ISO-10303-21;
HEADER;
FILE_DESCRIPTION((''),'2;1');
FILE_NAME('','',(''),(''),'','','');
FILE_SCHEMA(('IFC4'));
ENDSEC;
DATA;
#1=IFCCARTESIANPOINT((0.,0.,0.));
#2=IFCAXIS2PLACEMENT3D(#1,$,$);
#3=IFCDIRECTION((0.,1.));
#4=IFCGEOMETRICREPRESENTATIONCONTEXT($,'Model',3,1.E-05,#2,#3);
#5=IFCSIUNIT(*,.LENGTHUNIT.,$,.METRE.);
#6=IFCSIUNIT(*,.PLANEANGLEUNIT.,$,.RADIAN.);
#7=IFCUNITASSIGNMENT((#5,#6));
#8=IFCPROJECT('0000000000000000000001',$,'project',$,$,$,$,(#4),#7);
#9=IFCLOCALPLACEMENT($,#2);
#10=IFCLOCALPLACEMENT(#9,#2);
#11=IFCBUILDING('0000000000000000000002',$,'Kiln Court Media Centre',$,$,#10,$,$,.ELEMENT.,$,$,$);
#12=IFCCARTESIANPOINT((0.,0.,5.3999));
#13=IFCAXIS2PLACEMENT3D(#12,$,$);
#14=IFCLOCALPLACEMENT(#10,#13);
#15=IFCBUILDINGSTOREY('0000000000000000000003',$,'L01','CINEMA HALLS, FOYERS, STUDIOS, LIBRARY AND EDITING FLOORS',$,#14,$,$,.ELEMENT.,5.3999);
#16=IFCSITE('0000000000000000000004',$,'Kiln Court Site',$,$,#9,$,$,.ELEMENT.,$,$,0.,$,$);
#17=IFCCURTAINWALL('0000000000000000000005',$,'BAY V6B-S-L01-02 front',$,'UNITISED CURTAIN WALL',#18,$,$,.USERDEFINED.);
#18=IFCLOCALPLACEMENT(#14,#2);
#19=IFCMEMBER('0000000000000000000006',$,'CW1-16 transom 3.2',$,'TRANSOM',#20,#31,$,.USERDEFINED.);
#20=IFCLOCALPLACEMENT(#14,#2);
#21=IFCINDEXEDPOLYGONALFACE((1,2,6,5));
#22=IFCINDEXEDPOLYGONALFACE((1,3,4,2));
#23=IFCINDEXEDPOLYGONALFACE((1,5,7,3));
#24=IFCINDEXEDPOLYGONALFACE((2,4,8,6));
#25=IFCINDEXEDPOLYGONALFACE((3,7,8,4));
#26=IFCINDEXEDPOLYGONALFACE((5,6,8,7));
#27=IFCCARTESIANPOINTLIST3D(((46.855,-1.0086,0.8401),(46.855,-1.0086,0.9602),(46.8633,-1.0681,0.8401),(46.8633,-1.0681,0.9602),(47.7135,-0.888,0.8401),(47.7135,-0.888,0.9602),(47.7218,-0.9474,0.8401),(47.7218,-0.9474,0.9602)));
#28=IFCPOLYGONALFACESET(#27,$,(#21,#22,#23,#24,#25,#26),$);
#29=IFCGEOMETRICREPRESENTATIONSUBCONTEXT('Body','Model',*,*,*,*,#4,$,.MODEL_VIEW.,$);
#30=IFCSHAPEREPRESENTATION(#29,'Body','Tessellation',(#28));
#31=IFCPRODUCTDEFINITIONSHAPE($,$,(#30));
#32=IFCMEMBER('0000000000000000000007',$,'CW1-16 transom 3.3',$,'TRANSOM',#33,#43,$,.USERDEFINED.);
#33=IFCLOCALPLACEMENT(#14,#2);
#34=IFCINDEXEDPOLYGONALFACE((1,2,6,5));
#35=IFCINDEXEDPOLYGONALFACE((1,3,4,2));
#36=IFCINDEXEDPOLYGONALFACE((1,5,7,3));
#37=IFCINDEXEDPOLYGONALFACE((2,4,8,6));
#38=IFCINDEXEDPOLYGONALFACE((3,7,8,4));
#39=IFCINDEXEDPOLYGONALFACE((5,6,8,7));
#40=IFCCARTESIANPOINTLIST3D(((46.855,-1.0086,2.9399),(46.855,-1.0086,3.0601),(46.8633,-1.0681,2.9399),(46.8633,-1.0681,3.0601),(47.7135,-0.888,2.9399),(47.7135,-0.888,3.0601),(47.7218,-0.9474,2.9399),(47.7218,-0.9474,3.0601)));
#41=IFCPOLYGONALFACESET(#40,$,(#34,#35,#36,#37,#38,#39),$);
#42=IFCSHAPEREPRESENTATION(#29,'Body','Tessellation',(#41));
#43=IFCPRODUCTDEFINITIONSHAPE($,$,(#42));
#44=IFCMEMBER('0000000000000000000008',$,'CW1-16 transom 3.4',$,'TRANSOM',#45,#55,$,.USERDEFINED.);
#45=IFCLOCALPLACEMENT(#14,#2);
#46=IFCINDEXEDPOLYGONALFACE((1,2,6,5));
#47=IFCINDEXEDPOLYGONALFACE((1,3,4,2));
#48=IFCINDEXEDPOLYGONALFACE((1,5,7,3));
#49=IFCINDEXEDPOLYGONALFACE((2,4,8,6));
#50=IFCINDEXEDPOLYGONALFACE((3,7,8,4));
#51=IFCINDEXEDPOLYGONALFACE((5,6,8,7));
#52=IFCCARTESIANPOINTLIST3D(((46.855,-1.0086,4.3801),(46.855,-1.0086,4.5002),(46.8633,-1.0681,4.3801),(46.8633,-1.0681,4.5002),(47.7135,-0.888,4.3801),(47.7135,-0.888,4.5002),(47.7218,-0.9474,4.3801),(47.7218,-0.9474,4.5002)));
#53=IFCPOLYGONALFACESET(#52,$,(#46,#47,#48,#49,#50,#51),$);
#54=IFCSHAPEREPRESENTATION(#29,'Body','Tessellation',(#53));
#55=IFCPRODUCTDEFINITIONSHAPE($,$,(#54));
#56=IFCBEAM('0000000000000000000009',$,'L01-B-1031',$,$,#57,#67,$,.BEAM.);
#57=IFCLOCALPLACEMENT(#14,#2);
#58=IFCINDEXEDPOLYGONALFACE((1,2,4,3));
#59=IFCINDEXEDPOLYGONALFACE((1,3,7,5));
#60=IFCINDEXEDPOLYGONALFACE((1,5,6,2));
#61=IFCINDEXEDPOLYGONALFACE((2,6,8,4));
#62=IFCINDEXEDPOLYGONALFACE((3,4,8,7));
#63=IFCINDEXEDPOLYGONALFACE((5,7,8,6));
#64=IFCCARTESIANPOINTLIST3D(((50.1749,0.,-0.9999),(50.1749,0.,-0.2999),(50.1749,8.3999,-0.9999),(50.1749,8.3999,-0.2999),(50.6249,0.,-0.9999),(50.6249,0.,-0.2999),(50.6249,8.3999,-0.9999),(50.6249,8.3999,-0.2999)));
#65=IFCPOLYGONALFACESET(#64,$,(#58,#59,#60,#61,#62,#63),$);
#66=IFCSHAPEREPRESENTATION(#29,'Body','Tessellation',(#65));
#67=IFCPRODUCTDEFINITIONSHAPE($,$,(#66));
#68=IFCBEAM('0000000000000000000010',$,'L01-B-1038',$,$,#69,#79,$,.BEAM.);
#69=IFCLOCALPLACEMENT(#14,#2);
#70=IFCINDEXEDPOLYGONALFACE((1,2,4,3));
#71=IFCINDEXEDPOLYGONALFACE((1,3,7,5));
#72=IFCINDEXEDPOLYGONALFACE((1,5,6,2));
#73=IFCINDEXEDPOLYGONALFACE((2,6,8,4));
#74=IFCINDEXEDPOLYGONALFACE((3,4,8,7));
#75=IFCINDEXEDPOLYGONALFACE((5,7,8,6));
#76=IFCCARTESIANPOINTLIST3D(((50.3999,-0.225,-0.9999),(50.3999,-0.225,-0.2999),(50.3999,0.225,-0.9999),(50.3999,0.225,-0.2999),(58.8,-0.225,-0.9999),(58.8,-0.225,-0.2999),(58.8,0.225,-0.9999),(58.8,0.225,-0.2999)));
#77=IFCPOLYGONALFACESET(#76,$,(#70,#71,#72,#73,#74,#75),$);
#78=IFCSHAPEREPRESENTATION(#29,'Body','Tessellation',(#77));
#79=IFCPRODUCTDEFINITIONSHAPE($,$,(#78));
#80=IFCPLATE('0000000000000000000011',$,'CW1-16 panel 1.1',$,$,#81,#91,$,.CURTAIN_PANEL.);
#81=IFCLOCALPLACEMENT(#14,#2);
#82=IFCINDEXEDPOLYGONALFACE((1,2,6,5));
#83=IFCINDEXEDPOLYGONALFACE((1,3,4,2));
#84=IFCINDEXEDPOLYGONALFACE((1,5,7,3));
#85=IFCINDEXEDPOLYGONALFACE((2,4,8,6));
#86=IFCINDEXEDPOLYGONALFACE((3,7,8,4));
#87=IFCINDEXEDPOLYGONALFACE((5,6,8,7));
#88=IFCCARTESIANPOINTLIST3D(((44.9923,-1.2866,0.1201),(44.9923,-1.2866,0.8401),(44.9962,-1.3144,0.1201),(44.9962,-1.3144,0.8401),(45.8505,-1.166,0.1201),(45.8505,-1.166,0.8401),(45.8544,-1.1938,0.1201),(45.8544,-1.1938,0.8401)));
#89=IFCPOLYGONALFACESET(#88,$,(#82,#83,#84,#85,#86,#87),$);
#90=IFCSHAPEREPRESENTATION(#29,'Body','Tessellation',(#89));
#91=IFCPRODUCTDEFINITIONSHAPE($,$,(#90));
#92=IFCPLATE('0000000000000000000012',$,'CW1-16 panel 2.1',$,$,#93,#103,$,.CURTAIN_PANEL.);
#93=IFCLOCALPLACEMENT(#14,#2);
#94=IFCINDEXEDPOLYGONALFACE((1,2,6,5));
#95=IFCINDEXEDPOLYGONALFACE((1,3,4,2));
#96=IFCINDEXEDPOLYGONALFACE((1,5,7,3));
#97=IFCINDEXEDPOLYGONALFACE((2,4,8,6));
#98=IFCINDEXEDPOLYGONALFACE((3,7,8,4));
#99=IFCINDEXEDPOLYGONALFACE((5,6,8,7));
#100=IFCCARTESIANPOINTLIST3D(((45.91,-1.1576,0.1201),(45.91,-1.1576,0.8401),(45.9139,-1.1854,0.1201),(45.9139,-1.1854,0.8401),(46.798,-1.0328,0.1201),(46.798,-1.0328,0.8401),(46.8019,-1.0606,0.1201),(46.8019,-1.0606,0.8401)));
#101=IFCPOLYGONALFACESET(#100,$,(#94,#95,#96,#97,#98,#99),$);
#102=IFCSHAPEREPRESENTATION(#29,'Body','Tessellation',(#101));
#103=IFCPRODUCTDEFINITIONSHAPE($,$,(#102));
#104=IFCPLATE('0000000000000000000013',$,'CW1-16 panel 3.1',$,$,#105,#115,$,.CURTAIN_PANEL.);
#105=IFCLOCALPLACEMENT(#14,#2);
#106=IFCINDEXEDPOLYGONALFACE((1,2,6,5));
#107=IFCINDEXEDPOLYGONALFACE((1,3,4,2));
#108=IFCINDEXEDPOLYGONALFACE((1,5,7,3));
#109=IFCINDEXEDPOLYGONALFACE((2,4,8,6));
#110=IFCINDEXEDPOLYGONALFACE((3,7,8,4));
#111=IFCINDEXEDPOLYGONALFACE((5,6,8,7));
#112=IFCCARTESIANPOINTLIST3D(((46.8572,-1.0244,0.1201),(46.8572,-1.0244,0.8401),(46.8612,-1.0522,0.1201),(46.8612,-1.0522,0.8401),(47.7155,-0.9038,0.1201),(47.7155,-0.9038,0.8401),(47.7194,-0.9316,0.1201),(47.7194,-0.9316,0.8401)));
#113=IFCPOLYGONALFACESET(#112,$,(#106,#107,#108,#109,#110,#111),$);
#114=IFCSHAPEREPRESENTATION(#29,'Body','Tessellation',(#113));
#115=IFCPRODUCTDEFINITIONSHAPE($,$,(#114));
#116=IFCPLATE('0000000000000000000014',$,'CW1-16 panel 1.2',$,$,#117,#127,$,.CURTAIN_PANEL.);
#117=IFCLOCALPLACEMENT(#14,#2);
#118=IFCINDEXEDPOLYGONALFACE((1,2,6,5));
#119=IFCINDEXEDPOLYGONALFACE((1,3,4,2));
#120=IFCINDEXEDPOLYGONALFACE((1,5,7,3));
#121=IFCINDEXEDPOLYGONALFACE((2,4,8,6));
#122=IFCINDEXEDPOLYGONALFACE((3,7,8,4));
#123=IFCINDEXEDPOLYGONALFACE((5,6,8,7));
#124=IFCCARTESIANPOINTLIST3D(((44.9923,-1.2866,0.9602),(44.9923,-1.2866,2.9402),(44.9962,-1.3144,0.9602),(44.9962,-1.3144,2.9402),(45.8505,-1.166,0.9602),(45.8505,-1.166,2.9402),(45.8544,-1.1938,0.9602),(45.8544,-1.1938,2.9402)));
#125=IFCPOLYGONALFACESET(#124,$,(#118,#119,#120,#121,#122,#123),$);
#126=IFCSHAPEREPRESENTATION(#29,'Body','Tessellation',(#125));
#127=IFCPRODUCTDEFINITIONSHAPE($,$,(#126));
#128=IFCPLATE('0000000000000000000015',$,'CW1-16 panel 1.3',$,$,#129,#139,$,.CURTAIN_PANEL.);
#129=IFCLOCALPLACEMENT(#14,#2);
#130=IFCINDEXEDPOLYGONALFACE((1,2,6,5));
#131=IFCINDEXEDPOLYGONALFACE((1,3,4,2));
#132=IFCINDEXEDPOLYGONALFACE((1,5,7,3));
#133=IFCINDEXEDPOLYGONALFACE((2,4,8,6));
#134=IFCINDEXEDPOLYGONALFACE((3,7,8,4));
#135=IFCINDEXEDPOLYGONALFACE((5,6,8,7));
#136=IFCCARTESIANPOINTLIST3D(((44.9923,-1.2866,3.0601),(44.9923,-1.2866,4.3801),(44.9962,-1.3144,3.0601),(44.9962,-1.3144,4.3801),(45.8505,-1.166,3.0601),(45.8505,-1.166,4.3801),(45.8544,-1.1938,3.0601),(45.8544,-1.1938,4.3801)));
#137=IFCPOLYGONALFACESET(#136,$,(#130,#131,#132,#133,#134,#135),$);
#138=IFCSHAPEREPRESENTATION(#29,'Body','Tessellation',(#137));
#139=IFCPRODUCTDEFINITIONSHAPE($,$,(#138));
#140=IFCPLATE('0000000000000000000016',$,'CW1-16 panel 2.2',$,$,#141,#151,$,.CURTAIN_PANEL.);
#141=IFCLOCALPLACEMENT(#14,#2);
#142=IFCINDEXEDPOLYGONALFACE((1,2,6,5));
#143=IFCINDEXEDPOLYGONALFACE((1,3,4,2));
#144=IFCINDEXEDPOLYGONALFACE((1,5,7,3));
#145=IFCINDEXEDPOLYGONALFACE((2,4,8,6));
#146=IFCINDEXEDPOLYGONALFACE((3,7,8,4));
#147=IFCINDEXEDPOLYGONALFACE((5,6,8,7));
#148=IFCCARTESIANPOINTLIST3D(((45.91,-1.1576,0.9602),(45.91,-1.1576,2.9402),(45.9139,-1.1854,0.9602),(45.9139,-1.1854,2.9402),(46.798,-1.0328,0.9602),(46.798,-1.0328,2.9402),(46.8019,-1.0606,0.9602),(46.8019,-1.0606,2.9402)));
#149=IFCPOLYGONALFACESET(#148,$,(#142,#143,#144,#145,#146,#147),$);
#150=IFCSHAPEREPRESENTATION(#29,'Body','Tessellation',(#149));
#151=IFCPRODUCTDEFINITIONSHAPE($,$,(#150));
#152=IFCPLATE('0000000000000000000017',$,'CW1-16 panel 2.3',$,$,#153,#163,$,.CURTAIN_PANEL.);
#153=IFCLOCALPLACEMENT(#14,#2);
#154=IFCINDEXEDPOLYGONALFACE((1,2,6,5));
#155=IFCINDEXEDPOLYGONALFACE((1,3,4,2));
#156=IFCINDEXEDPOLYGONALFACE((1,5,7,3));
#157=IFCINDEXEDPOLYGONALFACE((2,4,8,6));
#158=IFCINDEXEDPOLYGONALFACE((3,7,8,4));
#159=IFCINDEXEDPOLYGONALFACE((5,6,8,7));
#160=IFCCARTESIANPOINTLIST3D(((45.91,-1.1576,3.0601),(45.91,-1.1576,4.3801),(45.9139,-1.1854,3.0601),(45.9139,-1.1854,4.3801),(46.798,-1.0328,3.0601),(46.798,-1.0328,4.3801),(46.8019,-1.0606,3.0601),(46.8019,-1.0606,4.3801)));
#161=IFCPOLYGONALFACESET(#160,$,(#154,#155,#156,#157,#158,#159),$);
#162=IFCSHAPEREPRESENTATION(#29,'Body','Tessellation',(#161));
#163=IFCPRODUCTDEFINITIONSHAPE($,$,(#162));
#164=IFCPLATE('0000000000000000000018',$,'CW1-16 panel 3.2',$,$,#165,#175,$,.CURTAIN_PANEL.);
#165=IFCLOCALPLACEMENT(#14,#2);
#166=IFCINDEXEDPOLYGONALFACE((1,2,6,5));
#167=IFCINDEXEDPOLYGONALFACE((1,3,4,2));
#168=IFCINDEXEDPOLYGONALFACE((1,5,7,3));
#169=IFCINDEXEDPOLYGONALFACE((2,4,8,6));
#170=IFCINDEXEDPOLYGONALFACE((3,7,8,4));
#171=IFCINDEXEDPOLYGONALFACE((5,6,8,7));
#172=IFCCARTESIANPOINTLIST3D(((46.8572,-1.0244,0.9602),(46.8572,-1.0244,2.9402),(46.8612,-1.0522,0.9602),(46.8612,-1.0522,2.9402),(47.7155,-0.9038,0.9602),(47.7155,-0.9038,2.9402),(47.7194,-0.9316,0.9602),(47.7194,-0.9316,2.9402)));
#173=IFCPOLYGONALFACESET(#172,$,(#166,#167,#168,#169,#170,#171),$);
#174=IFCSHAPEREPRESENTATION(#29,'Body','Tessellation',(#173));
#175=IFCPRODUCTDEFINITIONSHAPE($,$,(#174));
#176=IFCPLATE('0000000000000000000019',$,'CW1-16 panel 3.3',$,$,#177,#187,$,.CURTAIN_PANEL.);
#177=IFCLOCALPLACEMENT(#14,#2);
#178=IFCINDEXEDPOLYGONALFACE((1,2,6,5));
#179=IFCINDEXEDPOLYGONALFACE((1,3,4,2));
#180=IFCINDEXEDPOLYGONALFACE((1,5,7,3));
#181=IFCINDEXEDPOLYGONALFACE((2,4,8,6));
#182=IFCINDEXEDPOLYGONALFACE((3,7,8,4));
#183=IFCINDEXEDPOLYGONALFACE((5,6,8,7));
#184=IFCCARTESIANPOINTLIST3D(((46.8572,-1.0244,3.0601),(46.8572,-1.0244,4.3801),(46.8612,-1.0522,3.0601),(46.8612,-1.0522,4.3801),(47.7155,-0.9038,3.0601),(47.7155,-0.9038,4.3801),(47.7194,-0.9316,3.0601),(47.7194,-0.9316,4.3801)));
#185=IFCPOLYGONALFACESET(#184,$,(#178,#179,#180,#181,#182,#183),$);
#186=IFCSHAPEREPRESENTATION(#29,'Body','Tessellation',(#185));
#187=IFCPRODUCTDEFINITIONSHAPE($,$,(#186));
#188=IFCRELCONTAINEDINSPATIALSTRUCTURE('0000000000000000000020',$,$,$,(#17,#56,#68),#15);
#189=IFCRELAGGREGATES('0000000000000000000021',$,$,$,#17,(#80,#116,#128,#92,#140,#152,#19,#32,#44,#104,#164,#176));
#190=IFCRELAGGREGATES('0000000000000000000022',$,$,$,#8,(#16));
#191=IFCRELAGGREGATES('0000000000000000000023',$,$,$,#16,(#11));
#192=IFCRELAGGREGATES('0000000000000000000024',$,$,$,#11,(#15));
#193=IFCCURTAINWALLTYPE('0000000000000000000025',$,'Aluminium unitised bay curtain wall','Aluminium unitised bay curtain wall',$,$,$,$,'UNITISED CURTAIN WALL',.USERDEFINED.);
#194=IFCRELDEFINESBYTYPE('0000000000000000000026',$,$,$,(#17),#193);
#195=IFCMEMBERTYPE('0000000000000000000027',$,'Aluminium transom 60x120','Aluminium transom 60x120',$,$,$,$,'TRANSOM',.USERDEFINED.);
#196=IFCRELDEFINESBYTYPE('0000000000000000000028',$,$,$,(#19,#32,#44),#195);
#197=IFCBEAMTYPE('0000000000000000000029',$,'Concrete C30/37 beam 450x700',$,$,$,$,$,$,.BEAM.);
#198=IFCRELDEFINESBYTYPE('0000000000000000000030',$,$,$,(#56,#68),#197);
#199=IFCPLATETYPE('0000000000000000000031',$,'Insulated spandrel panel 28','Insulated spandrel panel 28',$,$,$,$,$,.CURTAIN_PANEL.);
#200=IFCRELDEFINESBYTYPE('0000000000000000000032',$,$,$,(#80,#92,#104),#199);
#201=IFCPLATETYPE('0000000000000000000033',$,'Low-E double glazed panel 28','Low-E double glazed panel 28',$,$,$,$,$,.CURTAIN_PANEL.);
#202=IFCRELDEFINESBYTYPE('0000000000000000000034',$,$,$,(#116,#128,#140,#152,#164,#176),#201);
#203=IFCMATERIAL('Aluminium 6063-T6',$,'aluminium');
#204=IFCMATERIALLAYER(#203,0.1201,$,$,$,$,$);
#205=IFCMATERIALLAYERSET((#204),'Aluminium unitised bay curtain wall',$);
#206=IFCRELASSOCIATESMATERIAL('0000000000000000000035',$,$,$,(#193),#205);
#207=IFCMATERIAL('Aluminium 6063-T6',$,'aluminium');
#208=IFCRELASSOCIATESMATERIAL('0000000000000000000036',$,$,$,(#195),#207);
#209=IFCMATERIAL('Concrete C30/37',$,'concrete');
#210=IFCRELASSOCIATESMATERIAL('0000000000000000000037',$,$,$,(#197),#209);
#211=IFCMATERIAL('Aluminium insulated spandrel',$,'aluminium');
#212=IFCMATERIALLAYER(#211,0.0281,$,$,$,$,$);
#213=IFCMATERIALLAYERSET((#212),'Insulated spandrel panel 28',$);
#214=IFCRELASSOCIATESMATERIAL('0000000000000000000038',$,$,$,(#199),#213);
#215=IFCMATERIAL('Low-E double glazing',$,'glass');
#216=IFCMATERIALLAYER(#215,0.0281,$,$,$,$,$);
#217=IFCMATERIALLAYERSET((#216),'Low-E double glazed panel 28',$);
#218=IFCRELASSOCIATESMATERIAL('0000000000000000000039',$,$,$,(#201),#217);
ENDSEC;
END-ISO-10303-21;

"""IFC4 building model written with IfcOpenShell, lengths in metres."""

from ifc_helpers import new_model, si_unit, direction, frame, origin, origin_2d, place, context, subcontext, project, spatial, rectangle, extrude, material, layer, layer_set, material_profile, profile_set, type_object, element, aggregate, save


model = new_model("IFC4")

# Units and contexts
model_context = context("Model", 3, precision=1e-05, world=origin(), true_north=direction((0.0, 1.0)))
body_context = subcontext(model_context, "Body", "Model", "MODEL_VIEW")
ifc_project = project(units=[si_unit("LENGTHUNIT", "METRE"), si_unit("PLANEANGLEUNIT", "RADIAN")], contexts=[model_context])

# Site, building, storey
site_placement = place(None, origin())
site = spatial("IfcSite", under=ifc_project, at=site_placement, Name="Kiln Court Site", CompositionType="ELEMENT", RefElevation=0.0)
building_placement = place(site_placement, origin())
building = spatial("IfcBuilding", under=site, at=building_placement, Name="Kiln Court Media Centre", CompositionType="ELEMENT")
storey_placement = place(building_placement, frame((0.0, 0.0, 5.3999)))
storey = spatial("IfcBuildingStorey", under=building, at=storey_placement, Name="L01", Description="CINEMA HALLS, FOYERS, STUDIOS, LIBRARY AND EDITING FLOORS", CompositionType="ELEMENT", Elevation=5.3999)

# Curtain wall, members
ifc_material_1 = material(Name="Aluminium 6063-T6", Category="aluminium")
ifc_layer_1 = layer(ifc_material_1, 0.1201)
ifc_layer_set_1 = layer_set([ifc_layer_1], Name="Aluminium unitised bay curtain wall")
curtain_wall_type = type_object("IfcCurtainWallType", Name="Aluminium unitised bay curtain wall", Description="Aluminium unitised bay curtain wall", ElementType="UNITISED CURTAIN WALL", PredefinedType="USERDEFINED", material=ifc_layer_set_1)
curtain_wall_placement = place(storey_placement, origin())
curtain_wall = element("IfcCurtainWall", 1, at=curtain_wall_placement, inside=storey, type_object=curtain_wall_type, Name="BAY V6B-S-L01-02 front", ObjectType="UNITISED CURTAIN WALL", PredefinedType="USERDEFINED")
ifc_material_2 = material(Name="Aluminium 6063-T6", Category="aluminium")
ifc_material_profile_1 = material_profile(ifc_material_2, rectangle(XDim=0.0601, YDim=0.1201, at=origin_2d()), Name="Aluminium transom 60x120")
ifc_profile_set_1 = profile_set([ifc_material_profile_1], Name="Aluminium 6063-T6")
member_type_1 = type_object("IfcMemberType", Name="Aluminium transom 60x120", Description="Aluminium transom 60x120", ElementType="TRANSOM", PredefinedType="USERDEFINED", material=ifc_profile_set_1)
member_1_placement = place(storey_placement, frame((46.8591, -1.0383, 0.9001), z_axis=(0.990274, 0.139134, 0.0), x_axis=(-0.139134, 0.990274, 0.0)))
member_1 = element("IfcMember", 2, at=member_1_placement, type_object=member_type_1, Name="CW1-16 transom 3.2", ObjectType="TRANSOM", PredefinedType="USERDEFINED", context=body_context, shape_type="SweptSolid", body=[
    extrude(rectangle(XDim=0.0601, YDim=0.1201, at=origin_2d()), origin(), (0.0, 0.0, 1.0), 0.8669),
])
member_2_placement = place(storey_placement, frame((46.8591, -1.0383, 3.0), z_axis=(0.990274, 0.139134, 0.0), x_axis=(-0.139134, 0.990274, 0.0)))
member_2 = element("IfcMember", 3, at=member_2_placement, type_object=member_type_1, Name="CW1-16 transom 3.3", ObjectType="TRANSOM", PredefinedType="USERDEFINED", context=body_context, shape_type="SweptSolid", body=[
    extrude(rectangle(XDim=0.0601, YDim=0.1201, at=origin_2d()), origin(), (0.0, 0.0, 1.0), 0.8669),
])
member_3_placement = place(storey_placement, frame((46.8591, -1.0383, 4.4402), z_axis=(0.990274, 0.139134, 0.0), x_axis=(-0.139134, 0.990274, 0.0)))
member_3 = element("IfcMember", 4, at=member_3_placement, type_object=member_type_1, Name="CW1-16 transom 3.4", ObjectType="TRANSOM", PredefinedType="USERDEFINED", context=body_context, shape_type="SweptSolid", body=[
    extrude(rectangle(XDim=0.0601, YDim=0.1201, at=origin_2d()), origin(), (0.0, 0.0, 1.0), 0.8669),
])

# Beams
ifc_material_3 = material(Name="Concrete C30/37", Category="concrete")
ifc_material_profile_2 = material_profile(ifc_material_3, rectangle(XDim=0.45, YDim=0.7, at=origin_2d()), Name="RC 450x700")
ifc_profile_set_2 = profile_set([ifc_material_profile_2], Name="Concrete C30/37")
beam_type = type_object("IfcBeamType", Name="Concrete C30/37 beam 450x700", PredefinedType="BEAM", material=ifc_profile_set_2)
beam_1_placement = place(storey_placement, frame((50.3999, 0.0, -0.6499), z_axis=(0.0, 1.0, 0.0), x_axis=(-1.0, 0.0, 0.0)))
element("IfcBeam", 5, at=beam_1_placement, inside=storey, type_object=beam_type, Name="L01-B-1031", PredefinedType="BEAM", context=body_context, shape_type="SweptSolid", body=[
    extrude(rectangle(XDim=0.45, YDim=0.7, at=origin_2d()), origin(), (0.0, 0.0, 1.0), 8.3999),
])
beam_2_placement = place(storey_placement, frame((50.3999, 0.0, -0.6499), z_axis=(1.0, 0.0, 0.0), x_axis=(0.0, 1.0, 0.0)))
element("IfcBeam", 6, at=beam_2_placement, inside=storey, type_object=beam_type, Name="L01-B-1038", PredefinedType="BEAM", context=body_context, shape_type="SweptSolid", body=[
    extrude(rectangle(XDim=0.45, YDim=0.7, at=origin_2d()), origin(), (0.0, 0.0, 1.0), 8.4001),
])

# Plates
ifc_material_4 = material(Name="Aluminium insulated spandrel", Category="aluminium")
ifc_layer_2 = layer(ifc_material_4, 0.0281)
ifc_layer_set_2 = layer_set([ifc_layer_2], Name="Insulated spandrel panel 28")
plate_type_1 = type_object("IfcPlateType", Name="Insulated spandrel panel 28", Description="Insulated spandrel panel 28", PredefinedType="CURTAIN_PANEL", material=ifc_layer_set_2)
plate_1_placement = place(storey_placement, frame((45.4233, -1.2402, 0.1201), z_axis=(0.0, 0.0, 1.0), x_axis=(0.99027, 0.139162, 0.0)))
plate_1 = element("IfcPlate", 7, at=plate_1_placement, type_object=plate_type_1, Name="CW1-16 panel 1.1", PredefinedType="CURTAIN_PANEL", context=body_context, shape_type="SweptSolid", body=[
    extrude(rectangle(XDim=0.8667, YDim=0.0281, at=origin_2d()), origin(), (0.0, 0.0, 1.0), 0.72),
])
plate_2_placement = place(storey_placement, frame((46.356, -1.1091, 0.1201), z_axis=(0.0, 0.0, 1.0), x_axis=(0.99027, 0.139162, 0.0)))
plate_2 = element("IfcPlate", 8, at=plate_2_placement, type_object=plate_type_1, Name="CW1-16 panel 2.1", PredefinedType="CURTAIN_PANEL", context=body_context, shape_type="SweptSolid", body=[
    extrude(rectangle(XDim=0.8967, YDim=0.0281, at=origin_2d()), origin(), (0.0, 0.0, 1.0), 0.72),
])
plate_3_placement = place(storey_placement, frame((47.2883, -0.978, 0.1201), z_axis=(0.0, 0.0, 1.0), x_axis=(0.99027, 0.139162, 0.0)))
plate_3 = element("IfcPlate", 9, at=plate_3_placement, type_object=plate_type_1, Name="CW1-16 panel 3.1", PredefinedType="CURTAIN_PANEL", context=body_context, shape_type="SweptSolid", body=[
    extrude(rectangle(XDim=0.8667, YDim=0.0281, at=origin_2d()), origin(), (0.0, 0.0, 1.0), 0.72),
])
ifc_material_5 = material(Name="Low-E double glazing", Category="glass")
ifc_layer_3 = layer(ifc_material_5, 0.0281)
ifc_layer_set_3 = layer_set([ifc_layer_3], Name="Low-E double glazed panel 28")
plate_type_2 = type_object("IfcPlateType", Name="Low-E double glazed panel 28", Description="Low-E double glazed panel 28", PredefinedType="CURTAIN_PANEL", material=ifc_layer_set_3)
plate_4_placement = place(storey_placement, frame((45.4233, -1.2402, 0.9602), z_axis=(0.0, 0.0, 1.0), x_axis=(0.99027, 0.139162, 0.0)))
plate_4 = element("IfcPlate", 10, at=plate_4_placement, type_object=plate_type_2, Name="CW1-16 panel 1.2", PredefinedType="CURTAIN_PANEL", context=body_context, shape_type="SweptSolid", body=[
    extrude(rectangle(XDim=0.8667, YDim=0.0281, at=origin_2d()), origin(), (0.0, 0.0, 1.0), 1.98),
])
plate_5_placement = place(storey_placement, frame((45.4233, -1.2402, 3.0601), z_axis=(0.0, 0.0, 1.0), x_axis=(0.99027, 0.139162, 0.0)))
plate_5 = element("IfcPlate", 11, at=plate_5_placement, type_object=plate_type_2, Name="CW1-16 panel 1.3", PredefinedType="CURTAIN_PANEL", context=body_context, shape_type="SweptSolid", body=[
    extrude(rectangle(XDim=0.8667, YDim=0.0281, at=origin_2d()), origin(), (0.0, 0.0, 1.0), 1.3201),
])
plate_6_placement = place(storey_placement, frame((46.356, -1.1091, 0.9602), z_axis=(0.0, 0.0, 1.0), x_axis=(0.99027, 0.139162, 0.0)))
plate_6 = element("IfcPlate", 12, at=plate_6_placement, type_object=plate_type_2, Name="CW1-16 panel 2.2", PredefinedType="CURTAIN_PANEL", context=body_context, shape_type="SweptSolid", body=[
    extrude(rectangle(XDim=0.8967, YDim=0.0281, at=origin_2d()), origin(), (0.0, 0.0, 1.0), 1.98),
])
plate_7_placement = place(storey_placement, frame((46.356, -1.1091, 3.0601), z_axis=(0.0, 0.0, 1.0), x_axis=(0.99027, 0.139162, 0.0)))
plate_7 = element("IfcPlate", 13, at=plate_7_placement, type_object=plate_type_2, Name="CW1-16 panel 2.3", PredefinedType="CURTAIN_PANEL", context=body_context, shape_type="SweptSolid", body=[
    extrude(rectangle(XDim=0.8967, YDim=0.0281, at=origin_2d()), origin(), (0.0, 0.0, 1.0), 1.3201),
])
plate_8_placement = place(storey_placement, frame((47.2883, -0.978, 0.9602), z_axis=(0.0, 0.0, 1.0), x_axis=(0.99027, 0.139162, 0.0)))
plate_8 = element("IfcPlate", 14, at=plate_8_placement, type_object=plate_type_2, Name="CW1-16 panel 3.2", PredefinedType="CURTAIN_PANEL", context=body_context, shape_type="SweptSolid", body=[
    extrude(rectangle(XDim=0.8667, YDim=0.0281, at=origin_2d()), origin(), (0.0, 0.0, 1.0), 1.98),
])
plate_9_placement = place(storey_placement, frame((47.2883, -0.978, 3.0601), z_axis=(0.0, 0.0, 1.0), x_axis=(0.99027, 0.139162, 0.0)))
plate_9 = element("IfcPlate", 15, at=plate_9_placement, type_object=plate_type_2, Name="CW1-16 panel 3.3", PredefinedType="CURTAIN_PANEL", context=body_context, shape_type="SweptSolid", body=[
    extrude(rectangle(XDim=0.8667, YDim=0.0281, at=origin_2d()), origin(), (0.0, 0.0, 1.0), 1.3201),
])
aggregate(curtain_wall, [plate_1, plate_4, plate_5, plate_2, plate_6, plate_7, member_1, member_2, member_3, plate_3, plate_8, plate_9])

save(model, "model.ifc")
